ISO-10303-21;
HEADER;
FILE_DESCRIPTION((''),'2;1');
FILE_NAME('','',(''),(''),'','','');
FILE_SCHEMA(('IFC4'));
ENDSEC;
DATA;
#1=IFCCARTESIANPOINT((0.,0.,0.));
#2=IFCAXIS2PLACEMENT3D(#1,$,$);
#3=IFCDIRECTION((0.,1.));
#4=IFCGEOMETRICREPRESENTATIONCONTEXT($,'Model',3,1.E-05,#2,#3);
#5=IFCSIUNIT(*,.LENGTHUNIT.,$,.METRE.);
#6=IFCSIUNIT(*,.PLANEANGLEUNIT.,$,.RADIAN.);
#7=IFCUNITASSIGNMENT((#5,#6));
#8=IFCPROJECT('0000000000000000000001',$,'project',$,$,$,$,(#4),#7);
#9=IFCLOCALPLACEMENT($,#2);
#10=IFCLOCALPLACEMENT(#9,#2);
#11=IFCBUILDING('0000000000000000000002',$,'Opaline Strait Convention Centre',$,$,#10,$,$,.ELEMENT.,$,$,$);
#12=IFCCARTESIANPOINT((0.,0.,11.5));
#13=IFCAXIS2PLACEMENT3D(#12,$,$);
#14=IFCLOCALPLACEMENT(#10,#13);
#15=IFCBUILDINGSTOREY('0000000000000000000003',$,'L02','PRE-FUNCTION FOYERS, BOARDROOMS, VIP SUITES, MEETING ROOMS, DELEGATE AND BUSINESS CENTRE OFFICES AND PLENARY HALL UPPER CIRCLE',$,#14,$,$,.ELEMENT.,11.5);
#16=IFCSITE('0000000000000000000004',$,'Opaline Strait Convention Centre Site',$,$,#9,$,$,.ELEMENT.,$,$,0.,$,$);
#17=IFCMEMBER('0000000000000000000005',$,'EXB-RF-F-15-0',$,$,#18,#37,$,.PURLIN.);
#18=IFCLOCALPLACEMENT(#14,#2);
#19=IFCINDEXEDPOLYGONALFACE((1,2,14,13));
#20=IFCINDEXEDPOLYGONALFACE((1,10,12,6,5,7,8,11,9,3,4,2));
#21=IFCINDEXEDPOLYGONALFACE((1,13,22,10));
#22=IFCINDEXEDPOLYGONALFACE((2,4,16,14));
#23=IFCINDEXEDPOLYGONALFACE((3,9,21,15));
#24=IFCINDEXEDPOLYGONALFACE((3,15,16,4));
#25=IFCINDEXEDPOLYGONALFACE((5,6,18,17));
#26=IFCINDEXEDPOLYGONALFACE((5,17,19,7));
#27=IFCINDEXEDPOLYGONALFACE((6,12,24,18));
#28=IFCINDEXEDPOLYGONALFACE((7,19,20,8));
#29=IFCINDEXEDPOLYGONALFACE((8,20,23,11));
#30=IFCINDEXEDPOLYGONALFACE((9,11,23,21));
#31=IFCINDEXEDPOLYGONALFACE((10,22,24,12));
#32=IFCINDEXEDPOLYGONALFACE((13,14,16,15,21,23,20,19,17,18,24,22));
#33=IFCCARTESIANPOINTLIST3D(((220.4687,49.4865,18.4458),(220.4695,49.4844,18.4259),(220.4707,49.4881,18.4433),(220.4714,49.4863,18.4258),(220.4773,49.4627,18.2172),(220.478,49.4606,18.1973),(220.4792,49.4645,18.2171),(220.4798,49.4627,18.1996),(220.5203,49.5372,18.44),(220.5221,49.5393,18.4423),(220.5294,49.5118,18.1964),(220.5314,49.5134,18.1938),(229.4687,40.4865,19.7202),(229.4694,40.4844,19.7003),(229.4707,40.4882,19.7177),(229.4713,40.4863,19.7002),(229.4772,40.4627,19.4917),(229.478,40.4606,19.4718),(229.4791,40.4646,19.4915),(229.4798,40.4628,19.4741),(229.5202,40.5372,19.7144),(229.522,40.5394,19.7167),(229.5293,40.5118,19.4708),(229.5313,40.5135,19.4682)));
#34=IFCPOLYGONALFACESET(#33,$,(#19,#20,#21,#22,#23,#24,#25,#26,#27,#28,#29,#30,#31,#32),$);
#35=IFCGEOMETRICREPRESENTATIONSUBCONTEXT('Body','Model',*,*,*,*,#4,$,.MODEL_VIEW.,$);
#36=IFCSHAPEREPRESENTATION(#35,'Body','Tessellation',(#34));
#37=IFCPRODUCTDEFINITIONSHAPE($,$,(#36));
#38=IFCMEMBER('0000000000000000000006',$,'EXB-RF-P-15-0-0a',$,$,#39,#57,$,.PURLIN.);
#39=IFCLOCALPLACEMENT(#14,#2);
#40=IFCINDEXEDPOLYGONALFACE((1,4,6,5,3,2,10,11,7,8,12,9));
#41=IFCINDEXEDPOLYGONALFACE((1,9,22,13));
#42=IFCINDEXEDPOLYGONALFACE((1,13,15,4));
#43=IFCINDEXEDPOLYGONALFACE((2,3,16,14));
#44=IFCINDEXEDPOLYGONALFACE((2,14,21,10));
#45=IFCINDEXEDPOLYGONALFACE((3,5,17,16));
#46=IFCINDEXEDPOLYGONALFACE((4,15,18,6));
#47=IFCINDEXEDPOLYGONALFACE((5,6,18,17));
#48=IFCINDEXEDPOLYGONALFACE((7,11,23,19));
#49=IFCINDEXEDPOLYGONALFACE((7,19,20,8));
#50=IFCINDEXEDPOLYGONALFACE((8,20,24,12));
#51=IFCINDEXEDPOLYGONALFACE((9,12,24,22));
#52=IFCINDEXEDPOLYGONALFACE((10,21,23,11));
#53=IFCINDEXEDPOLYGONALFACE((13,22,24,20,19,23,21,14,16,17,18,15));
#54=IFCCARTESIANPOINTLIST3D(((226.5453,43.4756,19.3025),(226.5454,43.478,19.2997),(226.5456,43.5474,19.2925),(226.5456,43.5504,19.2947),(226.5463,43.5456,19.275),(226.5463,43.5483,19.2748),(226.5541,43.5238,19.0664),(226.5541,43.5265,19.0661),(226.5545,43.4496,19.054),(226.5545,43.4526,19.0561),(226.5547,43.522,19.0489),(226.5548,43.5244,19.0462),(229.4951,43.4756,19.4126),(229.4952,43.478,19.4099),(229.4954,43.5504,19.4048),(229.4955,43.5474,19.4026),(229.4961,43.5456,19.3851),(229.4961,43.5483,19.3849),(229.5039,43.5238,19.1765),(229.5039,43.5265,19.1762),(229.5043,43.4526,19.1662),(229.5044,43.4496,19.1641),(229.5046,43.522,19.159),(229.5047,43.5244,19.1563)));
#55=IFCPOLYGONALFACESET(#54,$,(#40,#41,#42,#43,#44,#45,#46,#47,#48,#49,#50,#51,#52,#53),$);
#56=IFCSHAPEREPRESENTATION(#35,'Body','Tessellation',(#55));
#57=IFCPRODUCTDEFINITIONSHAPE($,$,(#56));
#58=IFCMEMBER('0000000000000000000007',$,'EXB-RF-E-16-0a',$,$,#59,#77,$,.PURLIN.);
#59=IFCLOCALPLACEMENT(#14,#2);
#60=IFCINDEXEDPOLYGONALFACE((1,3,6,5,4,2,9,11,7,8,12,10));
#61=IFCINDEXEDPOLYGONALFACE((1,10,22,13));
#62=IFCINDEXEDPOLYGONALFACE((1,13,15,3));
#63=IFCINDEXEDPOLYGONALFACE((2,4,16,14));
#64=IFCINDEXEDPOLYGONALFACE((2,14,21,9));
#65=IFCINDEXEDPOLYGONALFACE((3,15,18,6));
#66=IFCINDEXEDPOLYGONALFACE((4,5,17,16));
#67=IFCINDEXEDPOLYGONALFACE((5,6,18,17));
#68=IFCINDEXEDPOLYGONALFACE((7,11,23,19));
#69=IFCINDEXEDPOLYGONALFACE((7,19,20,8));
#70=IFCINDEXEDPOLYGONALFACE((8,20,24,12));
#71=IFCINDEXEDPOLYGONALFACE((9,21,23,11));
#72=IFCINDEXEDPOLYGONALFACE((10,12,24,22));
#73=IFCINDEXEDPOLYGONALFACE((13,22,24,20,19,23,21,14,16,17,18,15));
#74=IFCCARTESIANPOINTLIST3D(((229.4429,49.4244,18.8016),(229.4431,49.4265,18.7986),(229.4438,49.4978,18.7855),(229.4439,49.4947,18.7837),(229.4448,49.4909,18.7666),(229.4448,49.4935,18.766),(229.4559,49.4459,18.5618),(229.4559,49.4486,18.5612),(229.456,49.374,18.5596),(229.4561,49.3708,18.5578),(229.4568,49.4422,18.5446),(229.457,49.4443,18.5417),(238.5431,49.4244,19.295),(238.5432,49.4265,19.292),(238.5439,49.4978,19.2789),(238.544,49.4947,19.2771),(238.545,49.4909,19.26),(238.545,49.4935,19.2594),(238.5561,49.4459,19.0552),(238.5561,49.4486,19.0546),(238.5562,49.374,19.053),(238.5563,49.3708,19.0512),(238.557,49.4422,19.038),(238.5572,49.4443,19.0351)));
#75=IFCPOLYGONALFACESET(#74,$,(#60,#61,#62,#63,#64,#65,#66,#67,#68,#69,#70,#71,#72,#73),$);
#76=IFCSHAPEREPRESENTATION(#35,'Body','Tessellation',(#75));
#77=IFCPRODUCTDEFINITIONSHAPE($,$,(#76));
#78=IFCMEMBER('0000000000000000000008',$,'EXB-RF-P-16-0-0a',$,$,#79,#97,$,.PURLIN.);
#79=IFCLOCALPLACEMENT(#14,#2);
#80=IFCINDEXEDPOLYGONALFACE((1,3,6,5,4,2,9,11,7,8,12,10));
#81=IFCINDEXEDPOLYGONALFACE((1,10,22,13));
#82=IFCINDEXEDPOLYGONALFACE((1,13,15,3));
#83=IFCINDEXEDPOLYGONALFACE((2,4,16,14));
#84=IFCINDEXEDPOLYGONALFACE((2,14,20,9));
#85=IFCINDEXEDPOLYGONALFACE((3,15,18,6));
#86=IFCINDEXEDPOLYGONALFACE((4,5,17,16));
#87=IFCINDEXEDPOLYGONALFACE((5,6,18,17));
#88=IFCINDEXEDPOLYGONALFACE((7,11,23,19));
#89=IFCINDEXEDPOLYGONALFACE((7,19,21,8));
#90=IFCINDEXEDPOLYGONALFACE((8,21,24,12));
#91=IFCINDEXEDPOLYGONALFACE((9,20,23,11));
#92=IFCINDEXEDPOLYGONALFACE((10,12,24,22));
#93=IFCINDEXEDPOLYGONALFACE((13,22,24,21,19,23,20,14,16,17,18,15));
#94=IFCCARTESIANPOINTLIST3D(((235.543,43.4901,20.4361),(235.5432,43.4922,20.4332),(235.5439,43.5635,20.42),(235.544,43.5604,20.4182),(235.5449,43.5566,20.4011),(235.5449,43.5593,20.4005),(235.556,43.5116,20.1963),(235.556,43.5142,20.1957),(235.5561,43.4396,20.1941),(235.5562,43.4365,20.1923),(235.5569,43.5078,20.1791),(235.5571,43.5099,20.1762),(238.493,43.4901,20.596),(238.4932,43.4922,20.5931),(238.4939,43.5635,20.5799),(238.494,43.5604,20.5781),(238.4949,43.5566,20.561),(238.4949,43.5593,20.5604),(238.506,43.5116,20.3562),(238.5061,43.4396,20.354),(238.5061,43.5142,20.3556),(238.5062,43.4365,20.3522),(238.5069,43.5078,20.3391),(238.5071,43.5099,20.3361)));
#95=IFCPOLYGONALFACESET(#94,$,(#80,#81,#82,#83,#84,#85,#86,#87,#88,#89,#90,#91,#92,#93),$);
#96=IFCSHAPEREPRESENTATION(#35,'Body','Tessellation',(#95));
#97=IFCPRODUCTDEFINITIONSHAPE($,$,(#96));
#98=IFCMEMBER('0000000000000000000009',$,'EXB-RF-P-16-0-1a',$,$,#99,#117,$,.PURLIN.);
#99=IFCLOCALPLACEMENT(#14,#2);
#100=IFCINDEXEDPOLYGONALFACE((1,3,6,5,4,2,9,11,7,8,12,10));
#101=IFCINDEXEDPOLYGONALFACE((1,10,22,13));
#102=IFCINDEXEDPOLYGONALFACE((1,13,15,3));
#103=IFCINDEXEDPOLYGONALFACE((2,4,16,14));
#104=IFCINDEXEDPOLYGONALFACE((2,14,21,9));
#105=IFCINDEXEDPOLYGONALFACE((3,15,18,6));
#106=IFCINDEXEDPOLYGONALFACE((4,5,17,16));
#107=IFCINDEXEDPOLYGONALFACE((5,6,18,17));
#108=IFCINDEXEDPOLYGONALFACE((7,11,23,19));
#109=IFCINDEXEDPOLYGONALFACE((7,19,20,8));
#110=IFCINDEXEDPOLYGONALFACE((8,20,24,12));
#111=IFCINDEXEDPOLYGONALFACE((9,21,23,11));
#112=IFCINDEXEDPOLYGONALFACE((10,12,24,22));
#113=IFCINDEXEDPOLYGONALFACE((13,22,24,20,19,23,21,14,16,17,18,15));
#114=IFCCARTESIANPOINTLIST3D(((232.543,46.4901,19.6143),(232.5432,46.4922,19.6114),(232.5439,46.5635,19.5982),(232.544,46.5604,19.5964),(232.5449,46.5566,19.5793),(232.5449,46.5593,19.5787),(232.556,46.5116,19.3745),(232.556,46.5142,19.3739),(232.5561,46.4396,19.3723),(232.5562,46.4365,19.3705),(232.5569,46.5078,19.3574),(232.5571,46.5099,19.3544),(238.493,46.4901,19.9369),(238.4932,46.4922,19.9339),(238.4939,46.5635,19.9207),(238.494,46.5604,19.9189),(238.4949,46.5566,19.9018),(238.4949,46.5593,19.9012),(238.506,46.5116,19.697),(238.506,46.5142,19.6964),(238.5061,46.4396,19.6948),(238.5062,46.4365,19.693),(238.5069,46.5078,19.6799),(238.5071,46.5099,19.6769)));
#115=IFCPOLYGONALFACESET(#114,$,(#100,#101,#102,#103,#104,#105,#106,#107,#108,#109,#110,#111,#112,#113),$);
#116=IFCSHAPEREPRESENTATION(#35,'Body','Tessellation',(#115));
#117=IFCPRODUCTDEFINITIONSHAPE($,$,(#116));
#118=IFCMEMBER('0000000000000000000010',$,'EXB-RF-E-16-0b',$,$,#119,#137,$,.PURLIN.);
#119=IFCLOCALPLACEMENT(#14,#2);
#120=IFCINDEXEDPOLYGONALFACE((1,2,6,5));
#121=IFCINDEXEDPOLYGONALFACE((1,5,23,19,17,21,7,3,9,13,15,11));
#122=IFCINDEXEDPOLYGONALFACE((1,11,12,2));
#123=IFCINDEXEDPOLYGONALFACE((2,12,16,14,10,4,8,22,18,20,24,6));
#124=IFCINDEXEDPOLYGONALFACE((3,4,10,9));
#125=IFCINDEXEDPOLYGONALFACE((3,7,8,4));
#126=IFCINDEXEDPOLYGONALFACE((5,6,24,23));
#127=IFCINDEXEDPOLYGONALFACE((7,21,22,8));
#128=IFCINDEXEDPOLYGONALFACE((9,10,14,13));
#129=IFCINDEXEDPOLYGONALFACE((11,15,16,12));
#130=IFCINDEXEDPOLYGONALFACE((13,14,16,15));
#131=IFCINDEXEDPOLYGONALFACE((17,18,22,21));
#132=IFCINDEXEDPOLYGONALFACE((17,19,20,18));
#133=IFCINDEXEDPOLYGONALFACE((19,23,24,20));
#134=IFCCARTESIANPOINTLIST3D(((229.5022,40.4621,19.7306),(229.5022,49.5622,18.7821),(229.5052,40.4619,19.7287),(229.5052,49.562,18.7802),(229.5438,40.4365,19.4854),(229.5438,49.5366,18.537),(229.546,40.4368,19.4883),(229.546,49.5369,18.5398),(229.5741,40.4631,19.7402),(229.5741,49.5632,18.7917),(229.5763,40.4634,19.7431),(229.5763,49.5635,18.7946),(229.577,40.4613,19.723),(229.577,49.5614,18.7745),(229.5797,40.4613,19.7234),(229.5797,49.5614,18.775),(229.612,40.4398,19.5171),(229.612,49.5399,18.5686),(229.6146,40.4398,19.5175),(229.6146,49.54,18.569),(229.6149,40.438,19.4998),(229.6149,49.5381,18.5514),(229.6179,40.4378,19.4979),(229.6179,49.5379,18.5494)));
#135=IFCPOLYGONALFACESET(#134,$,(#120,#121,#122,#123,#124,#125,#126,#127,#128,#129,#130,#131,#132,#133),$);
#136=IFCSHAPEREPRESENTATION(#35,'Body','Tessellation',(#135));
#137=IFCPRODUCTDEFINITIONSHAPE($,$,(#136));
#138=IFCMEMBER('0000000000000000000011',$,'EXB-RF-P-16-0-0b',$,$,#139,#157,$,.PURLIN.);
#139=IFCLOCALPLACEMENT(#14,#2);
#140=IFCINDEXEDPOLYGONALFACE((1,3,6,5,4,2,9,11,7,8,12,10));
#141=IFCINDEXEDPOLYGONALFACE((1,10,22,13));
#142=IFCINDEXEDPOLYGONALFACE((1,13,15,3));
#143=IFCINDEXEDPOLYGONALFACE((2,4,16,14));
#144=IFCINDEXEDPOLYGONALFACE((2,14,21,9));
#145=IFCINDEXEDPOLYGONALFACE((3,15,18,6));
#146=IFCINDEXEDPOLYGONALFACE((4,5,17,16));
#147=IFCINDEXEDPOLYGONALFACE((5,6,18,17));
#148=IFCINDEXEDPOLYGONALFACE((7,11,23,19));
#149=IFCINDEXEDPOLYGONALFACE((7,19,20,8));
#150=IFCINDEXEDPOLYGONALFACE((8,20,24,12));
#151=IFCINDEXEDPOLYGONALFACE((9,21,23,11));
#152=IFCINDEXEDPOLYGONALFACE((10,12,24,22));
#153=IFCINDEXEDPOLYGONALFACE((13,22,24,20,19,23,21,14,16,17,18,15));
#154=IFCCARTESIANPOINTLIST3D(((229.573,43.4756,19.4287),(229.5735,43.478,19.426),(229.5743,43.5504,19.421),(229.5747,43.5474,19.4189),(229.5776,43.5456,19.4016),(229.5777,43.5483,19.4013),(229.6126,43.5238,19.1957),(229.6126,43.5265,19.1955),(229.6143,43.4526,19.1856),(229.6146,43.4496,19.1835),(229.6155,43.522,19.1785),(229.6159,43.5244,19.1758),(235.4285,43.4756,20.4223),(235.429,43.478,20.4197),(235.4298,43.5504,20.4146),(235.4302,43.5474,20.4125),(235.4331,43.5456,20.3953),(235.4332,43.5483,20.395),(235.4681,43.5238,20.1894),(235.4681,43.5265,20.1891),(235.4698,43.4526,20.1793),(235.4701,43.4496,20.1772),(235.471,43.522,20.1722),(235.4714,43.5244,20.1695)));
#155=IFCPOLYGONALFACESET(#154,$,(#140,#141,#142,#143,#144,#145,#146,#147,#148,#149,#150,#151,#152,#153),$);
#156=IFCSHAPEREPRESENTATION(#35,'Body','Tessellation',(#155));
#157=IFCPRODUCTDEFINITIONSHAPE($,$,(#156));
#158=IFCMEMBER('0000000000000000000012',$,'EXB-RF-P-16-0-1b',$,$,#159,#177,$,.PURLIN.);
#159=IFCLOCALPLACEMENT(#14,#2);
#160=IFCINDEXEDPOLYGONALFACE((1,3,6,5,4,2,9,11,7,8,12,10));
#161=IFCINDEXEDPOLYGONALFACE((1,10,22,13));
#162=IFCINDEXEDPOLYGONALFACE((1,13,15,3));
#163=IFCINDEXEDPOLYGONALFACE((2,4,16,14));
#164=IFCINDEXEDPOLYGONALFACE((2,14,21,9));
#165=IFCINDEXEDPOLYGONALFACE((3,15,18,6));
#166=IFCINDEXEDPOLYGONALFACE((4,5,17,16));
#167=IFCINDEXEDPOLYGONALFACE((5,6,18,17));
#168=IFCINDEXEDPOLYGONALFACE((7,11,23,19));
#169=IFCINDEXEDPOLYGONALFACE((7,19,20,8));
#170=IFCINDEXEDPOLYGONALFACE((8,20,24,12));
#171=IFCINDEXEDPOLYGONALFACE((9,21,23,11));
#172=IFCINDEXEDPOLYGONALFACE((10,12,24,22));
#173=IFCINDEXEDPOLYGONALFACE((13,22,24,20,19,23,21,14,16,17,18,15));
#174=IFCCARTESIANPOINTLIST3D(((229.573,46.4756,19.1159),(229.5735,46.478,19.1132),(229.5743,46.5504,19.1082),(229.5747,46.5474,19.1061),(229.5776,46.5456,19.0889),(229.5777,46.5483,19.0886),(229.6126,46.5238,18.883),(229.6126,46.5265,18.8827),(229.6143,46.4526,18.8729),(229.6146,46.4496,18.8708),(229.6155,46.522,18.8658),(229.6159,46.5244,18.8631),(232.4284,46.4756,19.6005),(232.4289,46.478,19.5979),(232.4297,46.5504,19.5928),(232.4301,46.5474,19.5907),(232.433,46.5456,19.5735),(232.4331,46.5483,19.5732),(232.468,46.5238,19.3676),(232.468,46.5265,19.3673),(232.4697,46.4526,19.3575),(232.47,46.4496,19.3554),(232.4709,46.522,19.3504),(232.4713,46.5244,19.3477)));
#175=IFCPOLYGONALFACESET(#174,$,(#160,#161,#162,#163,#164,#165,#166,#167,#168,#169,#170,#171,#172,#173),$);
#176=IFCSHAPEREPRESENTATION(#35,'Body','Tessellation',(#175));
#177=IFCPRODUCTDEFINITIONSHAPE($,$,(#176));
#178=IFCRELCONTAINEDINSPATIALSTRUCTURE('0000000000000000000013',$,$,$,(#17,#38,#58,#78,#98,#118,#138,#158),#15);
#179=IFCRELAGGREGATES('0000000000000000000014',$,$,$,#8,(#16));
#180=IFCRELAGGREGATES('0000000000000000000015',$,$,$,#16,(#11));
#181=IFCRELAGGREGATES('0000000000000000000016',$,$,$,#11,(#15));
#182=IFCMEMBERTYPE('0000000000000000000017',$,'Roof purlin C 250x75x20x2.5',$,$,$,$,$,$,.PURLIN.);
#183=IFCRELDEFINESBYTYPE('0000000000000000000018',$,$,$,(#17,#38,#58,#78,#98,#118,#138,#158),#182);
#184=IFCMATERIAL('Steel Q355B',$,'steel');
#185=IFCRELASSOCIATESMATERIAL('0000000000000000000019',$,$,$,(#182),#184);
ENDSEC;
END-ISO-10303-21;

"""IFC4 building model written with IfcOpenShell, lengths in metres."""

from ifc_helpers import new_model, si_unit, direction, frame, origin, place, context, subcontext, project, spatial, polyline, outline, extrude, material, material_profile, profile_set, type_object, element, save


model = new_model("IFC4")

# Units and contexts
model_context = context("Model", 3, precision=1e-05, world=origin(), true_north=direction((0.0, 1.0)))
body_context = subcontext(model_context, "Body", "Model", "MODEL_VIEW")
ifc_project = project(units=[si_unit("LENGTHUNIT", "METRE"), si_unit("PLANEANGLEUNIT", "RADIAN")], contexts=[model_context])

# Site, building, storey
site_placement = place(None, origin())
site = spatial("IfcSite", under=ifc_project, at=site_placement, Name="Opaline Strait Convention Centre Site", CompositionType="ELEMENT", RefElevation=0.0)
building_placement = place(site_placement, origin())
building = spatial("IfcBuilding", under=site, at=building_placement, Name="Opaline Strait Convention Centre", CompositionType="ELEMENT")
storey_placement = place(building_placement, frame((0.0, 0.0, 11.5)))
storey = spatial("IfcBuildingStorey", under=building, at=storey_placement, Name="L02", Description="PRE-FUNCTION FOYERS, BOARDROOMS, VIP SUITES, MEETING ROOMS, DELEGATE AND BUSINESS CENTRE OFFICES AND PLENARY HALL UPPER CIRCLE", CompositionType="ELEMENT", Elevation=11.5)

# Members
ifc_material_1 = material(Name="Steel Q355B", Category="steel")
ifc_material_profile_1 = material_profile(ifc_material_1, outline(polyline([(-0.0376, -0.125), (0.0376, -0.125), (0.0376, -0.105), (0.0349, -0.105), (0.0349, -0.1226), (-0.0349, -0.1226), (-0.0349, 0.1226), (0.0349, 0.1226), (0.0349, 0.105), (0.0376, 0.105), (0.0376, 0.125), (-0.0376, 0.125), (-0.0376, -0.125)])), Name="C 250x75x20x2.5")
ifc_profile_set_1 = profile_set([ifc_material_profile_1], Name="Steel Q355B")
member_type_1 = type_object("IfcMemberType", Name="Roof purlin C 250x75x20x2.5", PredefinedType="PURLIN", material=ifc_profile_set_1)
member_1_placement = place(storey_placement, frame((229.5, 40.5, 19.5942), z_axis=(-0.703589, 0.703589, -0.099629), x_axis=(-0.709636, -0.703016, 0.046745)))
element("IfcMember", 1, at=member_1_placement, inside=storey, type_object=member_type_1, Name="EXB-RF-F-15-0", PredefinedType="PURLIN", context=body_context, shape_type="SweptSolid", body=[
    extrude(outline(polyline([(-0.0376, -0.125), (0.0376, -0.125), (0.0376, -0.105), (0.0349, -0.105), (0.0349, -0.1226), (-0.0349, -0.1226), (-0.0349, 0.1226), (0.0349, 0.1226), (0.0349, 0.105), (0.0376, 0.105), (0.0376, 0.125), (-0.0376, 0.125), (-0.0376, -0.125)])), origin(), (0.0, 0.0, 1.0), 12.7915),
])
member_2_placement = place(storey_placement, frame((226.55, 43.5, 19.1743), z_axis=(0.999304, 0.0, 0.037299), x_axis=(0.003866, 0.994613, -0.103587)))
element("IfcMember", 2, at=member_2_placement, inside=storey, type_object=member_type_1, Name="EXB-RF-P-15-0-0a", PredefinedType="PURLIN", context=body_context, shape_type="SweptSolid", body=[
    extrude(outline(polyline([(-0.0376, -0.125), (0.0376, -0.125), (0.0376, -0.105), (0.0349, -0.105), (0.0349, -0.1226), (-0.0349, -0.1226), (-0.0349, 0.1226), (0.0349, 0.1226), (0.0349, 0.105), (0.0376, 0.105), (0.0376, 0.125), (-0.0376, 0.125), (-0.0376, -0.125)])), origin(), (0.0, 0.0, 1.0), 2.9519),
])
member_3_placement = place(storey_placement, frame((229.45, 49.4343, 18.6716), z_axis=(0.998533, 0.0, 0.054141), x_axis=(0.011602, 0.976768, -0.213986)))
element("IfcMember", 3, at=member_3_placement, inside=storey, type_object=member_type_1, Name="EXB-RF-E-16-0a", PredefinedType="PURLIN", context=body_context, shape_type="SweptSolid", body=[
    extrude(outline(polyline([(-0.0376, -0.125), (0.0376, -0.125), (0.0376, -0.105), (0.0349, -0.105), (0.0349, -0.1226), (-0.0349, -0.1226), (-0.0349, 0.1226), (0.0349, 0.1226), (0.0349, 0.105), (0.0376, 0.105), (0.0376, 0.125), (-0.0376, 0.125), (-0.0376, -0.125)])), origin(), (0.0, 0.0, 1.0), 9.1135),
])
member_4_placement = place(storey_placement, frame((235.55, 43.5, 20.3062), z_axis=(0.998534, 0.0, 0.054129), x_axis=(0.011616, 0.976702, -0.214286)))
element("IfcMember", 4, at=member_4_placement, inside=storey, type_object=member_type_1, Name="EXB-RF-P-16-0-0a", PredefinedType="PURLIN", context=body_context, shape_type="SweptSolid", body=[
    extrude(outline(polyline([(-0.0376, -0.125), (0.0376, -0.125), (0.0376, -0.105), (0.0349, -0.105), (0.0349, -0.1226), (-0.0349, -0.1226), (-0.0349, 0.1226), (0.0349, 0.1226), (0.0349, 0.105), (0.0376, 0.105), (0.0376, 0.125), (-0.0376, 0.125), (-0.0376, -0.125)])), origin(), (0.0, 0.0, 1.0), 2.9543),
])
member_5_placement = place(storey_placement, frame((232.55, 46.5, 19.4844), z_axis=(0.998534, 0.0, 0.054124), x_axis=(0.011615, 0.976702, -0.214286)))
element("IfcMember", 5, at=member_5_placement, inside=storey, type_object=member_type_1, Name="EXB-RF-P-16-0-1a", PredefinedType="PURLIN", context=body_context, shape_type="SweptSolid", body=[
    extrude(outline(polyline([(-0.0376, -0.125), (0.0376, -0.125), (0.0376, -0.105), (0.0349, -0.105), (0.0349, -0.1226), (-0.0349, -0.1226), (-0.0349, 0.1226), (0.0349, 0.1226), (0.0349, 0.105), (0.0376, 0.105), (0.0376, 0.125), (-0.0376, 0.125), (-0.0376, -0.125)])), origin(), (0.0, 0.0, 1.0), 5.9587),
])
member_6_placement = place(storey_placement, frame((229.5601, 49.55, 18.6658), z_axis=(0.0, -0.994612, 0.103667), x_axis=(0.986052, 0.017254, 0.165542)))
element("IfcMember", 6, at=member_6_placement, inside=storey, type_object=member_type_1, Name="EXB-RF-E-16-0b", PredefinedType="PURLIN", context=body_context, shape_type="SweptSolid", body=[
    extrude(outline(polyline([(-0.0376, -0.125), (0.0376, -0.125), (0.0376, -0.105), (0.0349, -0.105), (0.0349, -0.1226), (-0.0349, -0.1226), (-0.0349, 0.1226), (0.0349, 0.1226), (0.0349, 0.105), (0.0376, 0.105), (0.0376, 0.125), (-0.0376, 0.125), (-0.0376, -0.125)])), origin(), (0.0, 0.0, 1.0), 9.1494),
])
member_7_placement = place(storey_placement, frame((229.5945, 43.5, 19.3022), z_axis=(0.985905, 0.0, 0.167305), x_axis=(0.017343, 0.994613, -0.102198)))
element("IfcMember", 7, at=member_7_placement, inside=storey, type_object=member_type_1, Name="EXB-RF-P-16-0-0b", PredefinedType="PURLIN", context=body_context, shape_type="SweptSolid", body=[
    extrude(outline(polyline([(-0.0376, -0.125), (0.0376, -0.125), (0.0376, -0.105), (0.0349, -0.105), (0.0349, -0.1226), (-0.0349, -0.1226), (-0.0349, 0.1226), (0.0349, 0.1226), (0.0349, 0.105), (0.0376, 0.105), (0.0376, 0.125), (-0.0376, 0.125), (-0.0376, -0.125)])), origin(), (0.0, 0.0, 1.0), 5.9392),
])
member_8_placement = place(storey_placement, frame((229.5945, 46.5, 18.9895), z_axis=(0.985902, 0.0, 0.167323), x_axis=(0.017345, 0.994613, -0.102197)))
element("IfcMember", 8, at=member_8_placement, inside=storey, type_object=member_type_1, Name="EXB-RF-P-16-0-1b", PredefinedType="PURLIN", context=body_context, shape_type="SweptSolid", body=[
    extrude(outline(polyline([(-0.0376, -0.125), (0.0376, -0.125), (0.0376, -0.105), (0.0349, -0.105), (0.0349, -0.1226), (-0.0349, -0.1226), (-0.0349, 0.1226), (0.0349, 0.1226), (0.0349, 0.105), (0.0376, 0.105), (0.0376, 0.125), (-0.0376, 0.125), (-0.0376, -0.125)])), origin(), (0.0, 0.0, 1.0), 2.8962),
])

save(model, "model.ifc")
